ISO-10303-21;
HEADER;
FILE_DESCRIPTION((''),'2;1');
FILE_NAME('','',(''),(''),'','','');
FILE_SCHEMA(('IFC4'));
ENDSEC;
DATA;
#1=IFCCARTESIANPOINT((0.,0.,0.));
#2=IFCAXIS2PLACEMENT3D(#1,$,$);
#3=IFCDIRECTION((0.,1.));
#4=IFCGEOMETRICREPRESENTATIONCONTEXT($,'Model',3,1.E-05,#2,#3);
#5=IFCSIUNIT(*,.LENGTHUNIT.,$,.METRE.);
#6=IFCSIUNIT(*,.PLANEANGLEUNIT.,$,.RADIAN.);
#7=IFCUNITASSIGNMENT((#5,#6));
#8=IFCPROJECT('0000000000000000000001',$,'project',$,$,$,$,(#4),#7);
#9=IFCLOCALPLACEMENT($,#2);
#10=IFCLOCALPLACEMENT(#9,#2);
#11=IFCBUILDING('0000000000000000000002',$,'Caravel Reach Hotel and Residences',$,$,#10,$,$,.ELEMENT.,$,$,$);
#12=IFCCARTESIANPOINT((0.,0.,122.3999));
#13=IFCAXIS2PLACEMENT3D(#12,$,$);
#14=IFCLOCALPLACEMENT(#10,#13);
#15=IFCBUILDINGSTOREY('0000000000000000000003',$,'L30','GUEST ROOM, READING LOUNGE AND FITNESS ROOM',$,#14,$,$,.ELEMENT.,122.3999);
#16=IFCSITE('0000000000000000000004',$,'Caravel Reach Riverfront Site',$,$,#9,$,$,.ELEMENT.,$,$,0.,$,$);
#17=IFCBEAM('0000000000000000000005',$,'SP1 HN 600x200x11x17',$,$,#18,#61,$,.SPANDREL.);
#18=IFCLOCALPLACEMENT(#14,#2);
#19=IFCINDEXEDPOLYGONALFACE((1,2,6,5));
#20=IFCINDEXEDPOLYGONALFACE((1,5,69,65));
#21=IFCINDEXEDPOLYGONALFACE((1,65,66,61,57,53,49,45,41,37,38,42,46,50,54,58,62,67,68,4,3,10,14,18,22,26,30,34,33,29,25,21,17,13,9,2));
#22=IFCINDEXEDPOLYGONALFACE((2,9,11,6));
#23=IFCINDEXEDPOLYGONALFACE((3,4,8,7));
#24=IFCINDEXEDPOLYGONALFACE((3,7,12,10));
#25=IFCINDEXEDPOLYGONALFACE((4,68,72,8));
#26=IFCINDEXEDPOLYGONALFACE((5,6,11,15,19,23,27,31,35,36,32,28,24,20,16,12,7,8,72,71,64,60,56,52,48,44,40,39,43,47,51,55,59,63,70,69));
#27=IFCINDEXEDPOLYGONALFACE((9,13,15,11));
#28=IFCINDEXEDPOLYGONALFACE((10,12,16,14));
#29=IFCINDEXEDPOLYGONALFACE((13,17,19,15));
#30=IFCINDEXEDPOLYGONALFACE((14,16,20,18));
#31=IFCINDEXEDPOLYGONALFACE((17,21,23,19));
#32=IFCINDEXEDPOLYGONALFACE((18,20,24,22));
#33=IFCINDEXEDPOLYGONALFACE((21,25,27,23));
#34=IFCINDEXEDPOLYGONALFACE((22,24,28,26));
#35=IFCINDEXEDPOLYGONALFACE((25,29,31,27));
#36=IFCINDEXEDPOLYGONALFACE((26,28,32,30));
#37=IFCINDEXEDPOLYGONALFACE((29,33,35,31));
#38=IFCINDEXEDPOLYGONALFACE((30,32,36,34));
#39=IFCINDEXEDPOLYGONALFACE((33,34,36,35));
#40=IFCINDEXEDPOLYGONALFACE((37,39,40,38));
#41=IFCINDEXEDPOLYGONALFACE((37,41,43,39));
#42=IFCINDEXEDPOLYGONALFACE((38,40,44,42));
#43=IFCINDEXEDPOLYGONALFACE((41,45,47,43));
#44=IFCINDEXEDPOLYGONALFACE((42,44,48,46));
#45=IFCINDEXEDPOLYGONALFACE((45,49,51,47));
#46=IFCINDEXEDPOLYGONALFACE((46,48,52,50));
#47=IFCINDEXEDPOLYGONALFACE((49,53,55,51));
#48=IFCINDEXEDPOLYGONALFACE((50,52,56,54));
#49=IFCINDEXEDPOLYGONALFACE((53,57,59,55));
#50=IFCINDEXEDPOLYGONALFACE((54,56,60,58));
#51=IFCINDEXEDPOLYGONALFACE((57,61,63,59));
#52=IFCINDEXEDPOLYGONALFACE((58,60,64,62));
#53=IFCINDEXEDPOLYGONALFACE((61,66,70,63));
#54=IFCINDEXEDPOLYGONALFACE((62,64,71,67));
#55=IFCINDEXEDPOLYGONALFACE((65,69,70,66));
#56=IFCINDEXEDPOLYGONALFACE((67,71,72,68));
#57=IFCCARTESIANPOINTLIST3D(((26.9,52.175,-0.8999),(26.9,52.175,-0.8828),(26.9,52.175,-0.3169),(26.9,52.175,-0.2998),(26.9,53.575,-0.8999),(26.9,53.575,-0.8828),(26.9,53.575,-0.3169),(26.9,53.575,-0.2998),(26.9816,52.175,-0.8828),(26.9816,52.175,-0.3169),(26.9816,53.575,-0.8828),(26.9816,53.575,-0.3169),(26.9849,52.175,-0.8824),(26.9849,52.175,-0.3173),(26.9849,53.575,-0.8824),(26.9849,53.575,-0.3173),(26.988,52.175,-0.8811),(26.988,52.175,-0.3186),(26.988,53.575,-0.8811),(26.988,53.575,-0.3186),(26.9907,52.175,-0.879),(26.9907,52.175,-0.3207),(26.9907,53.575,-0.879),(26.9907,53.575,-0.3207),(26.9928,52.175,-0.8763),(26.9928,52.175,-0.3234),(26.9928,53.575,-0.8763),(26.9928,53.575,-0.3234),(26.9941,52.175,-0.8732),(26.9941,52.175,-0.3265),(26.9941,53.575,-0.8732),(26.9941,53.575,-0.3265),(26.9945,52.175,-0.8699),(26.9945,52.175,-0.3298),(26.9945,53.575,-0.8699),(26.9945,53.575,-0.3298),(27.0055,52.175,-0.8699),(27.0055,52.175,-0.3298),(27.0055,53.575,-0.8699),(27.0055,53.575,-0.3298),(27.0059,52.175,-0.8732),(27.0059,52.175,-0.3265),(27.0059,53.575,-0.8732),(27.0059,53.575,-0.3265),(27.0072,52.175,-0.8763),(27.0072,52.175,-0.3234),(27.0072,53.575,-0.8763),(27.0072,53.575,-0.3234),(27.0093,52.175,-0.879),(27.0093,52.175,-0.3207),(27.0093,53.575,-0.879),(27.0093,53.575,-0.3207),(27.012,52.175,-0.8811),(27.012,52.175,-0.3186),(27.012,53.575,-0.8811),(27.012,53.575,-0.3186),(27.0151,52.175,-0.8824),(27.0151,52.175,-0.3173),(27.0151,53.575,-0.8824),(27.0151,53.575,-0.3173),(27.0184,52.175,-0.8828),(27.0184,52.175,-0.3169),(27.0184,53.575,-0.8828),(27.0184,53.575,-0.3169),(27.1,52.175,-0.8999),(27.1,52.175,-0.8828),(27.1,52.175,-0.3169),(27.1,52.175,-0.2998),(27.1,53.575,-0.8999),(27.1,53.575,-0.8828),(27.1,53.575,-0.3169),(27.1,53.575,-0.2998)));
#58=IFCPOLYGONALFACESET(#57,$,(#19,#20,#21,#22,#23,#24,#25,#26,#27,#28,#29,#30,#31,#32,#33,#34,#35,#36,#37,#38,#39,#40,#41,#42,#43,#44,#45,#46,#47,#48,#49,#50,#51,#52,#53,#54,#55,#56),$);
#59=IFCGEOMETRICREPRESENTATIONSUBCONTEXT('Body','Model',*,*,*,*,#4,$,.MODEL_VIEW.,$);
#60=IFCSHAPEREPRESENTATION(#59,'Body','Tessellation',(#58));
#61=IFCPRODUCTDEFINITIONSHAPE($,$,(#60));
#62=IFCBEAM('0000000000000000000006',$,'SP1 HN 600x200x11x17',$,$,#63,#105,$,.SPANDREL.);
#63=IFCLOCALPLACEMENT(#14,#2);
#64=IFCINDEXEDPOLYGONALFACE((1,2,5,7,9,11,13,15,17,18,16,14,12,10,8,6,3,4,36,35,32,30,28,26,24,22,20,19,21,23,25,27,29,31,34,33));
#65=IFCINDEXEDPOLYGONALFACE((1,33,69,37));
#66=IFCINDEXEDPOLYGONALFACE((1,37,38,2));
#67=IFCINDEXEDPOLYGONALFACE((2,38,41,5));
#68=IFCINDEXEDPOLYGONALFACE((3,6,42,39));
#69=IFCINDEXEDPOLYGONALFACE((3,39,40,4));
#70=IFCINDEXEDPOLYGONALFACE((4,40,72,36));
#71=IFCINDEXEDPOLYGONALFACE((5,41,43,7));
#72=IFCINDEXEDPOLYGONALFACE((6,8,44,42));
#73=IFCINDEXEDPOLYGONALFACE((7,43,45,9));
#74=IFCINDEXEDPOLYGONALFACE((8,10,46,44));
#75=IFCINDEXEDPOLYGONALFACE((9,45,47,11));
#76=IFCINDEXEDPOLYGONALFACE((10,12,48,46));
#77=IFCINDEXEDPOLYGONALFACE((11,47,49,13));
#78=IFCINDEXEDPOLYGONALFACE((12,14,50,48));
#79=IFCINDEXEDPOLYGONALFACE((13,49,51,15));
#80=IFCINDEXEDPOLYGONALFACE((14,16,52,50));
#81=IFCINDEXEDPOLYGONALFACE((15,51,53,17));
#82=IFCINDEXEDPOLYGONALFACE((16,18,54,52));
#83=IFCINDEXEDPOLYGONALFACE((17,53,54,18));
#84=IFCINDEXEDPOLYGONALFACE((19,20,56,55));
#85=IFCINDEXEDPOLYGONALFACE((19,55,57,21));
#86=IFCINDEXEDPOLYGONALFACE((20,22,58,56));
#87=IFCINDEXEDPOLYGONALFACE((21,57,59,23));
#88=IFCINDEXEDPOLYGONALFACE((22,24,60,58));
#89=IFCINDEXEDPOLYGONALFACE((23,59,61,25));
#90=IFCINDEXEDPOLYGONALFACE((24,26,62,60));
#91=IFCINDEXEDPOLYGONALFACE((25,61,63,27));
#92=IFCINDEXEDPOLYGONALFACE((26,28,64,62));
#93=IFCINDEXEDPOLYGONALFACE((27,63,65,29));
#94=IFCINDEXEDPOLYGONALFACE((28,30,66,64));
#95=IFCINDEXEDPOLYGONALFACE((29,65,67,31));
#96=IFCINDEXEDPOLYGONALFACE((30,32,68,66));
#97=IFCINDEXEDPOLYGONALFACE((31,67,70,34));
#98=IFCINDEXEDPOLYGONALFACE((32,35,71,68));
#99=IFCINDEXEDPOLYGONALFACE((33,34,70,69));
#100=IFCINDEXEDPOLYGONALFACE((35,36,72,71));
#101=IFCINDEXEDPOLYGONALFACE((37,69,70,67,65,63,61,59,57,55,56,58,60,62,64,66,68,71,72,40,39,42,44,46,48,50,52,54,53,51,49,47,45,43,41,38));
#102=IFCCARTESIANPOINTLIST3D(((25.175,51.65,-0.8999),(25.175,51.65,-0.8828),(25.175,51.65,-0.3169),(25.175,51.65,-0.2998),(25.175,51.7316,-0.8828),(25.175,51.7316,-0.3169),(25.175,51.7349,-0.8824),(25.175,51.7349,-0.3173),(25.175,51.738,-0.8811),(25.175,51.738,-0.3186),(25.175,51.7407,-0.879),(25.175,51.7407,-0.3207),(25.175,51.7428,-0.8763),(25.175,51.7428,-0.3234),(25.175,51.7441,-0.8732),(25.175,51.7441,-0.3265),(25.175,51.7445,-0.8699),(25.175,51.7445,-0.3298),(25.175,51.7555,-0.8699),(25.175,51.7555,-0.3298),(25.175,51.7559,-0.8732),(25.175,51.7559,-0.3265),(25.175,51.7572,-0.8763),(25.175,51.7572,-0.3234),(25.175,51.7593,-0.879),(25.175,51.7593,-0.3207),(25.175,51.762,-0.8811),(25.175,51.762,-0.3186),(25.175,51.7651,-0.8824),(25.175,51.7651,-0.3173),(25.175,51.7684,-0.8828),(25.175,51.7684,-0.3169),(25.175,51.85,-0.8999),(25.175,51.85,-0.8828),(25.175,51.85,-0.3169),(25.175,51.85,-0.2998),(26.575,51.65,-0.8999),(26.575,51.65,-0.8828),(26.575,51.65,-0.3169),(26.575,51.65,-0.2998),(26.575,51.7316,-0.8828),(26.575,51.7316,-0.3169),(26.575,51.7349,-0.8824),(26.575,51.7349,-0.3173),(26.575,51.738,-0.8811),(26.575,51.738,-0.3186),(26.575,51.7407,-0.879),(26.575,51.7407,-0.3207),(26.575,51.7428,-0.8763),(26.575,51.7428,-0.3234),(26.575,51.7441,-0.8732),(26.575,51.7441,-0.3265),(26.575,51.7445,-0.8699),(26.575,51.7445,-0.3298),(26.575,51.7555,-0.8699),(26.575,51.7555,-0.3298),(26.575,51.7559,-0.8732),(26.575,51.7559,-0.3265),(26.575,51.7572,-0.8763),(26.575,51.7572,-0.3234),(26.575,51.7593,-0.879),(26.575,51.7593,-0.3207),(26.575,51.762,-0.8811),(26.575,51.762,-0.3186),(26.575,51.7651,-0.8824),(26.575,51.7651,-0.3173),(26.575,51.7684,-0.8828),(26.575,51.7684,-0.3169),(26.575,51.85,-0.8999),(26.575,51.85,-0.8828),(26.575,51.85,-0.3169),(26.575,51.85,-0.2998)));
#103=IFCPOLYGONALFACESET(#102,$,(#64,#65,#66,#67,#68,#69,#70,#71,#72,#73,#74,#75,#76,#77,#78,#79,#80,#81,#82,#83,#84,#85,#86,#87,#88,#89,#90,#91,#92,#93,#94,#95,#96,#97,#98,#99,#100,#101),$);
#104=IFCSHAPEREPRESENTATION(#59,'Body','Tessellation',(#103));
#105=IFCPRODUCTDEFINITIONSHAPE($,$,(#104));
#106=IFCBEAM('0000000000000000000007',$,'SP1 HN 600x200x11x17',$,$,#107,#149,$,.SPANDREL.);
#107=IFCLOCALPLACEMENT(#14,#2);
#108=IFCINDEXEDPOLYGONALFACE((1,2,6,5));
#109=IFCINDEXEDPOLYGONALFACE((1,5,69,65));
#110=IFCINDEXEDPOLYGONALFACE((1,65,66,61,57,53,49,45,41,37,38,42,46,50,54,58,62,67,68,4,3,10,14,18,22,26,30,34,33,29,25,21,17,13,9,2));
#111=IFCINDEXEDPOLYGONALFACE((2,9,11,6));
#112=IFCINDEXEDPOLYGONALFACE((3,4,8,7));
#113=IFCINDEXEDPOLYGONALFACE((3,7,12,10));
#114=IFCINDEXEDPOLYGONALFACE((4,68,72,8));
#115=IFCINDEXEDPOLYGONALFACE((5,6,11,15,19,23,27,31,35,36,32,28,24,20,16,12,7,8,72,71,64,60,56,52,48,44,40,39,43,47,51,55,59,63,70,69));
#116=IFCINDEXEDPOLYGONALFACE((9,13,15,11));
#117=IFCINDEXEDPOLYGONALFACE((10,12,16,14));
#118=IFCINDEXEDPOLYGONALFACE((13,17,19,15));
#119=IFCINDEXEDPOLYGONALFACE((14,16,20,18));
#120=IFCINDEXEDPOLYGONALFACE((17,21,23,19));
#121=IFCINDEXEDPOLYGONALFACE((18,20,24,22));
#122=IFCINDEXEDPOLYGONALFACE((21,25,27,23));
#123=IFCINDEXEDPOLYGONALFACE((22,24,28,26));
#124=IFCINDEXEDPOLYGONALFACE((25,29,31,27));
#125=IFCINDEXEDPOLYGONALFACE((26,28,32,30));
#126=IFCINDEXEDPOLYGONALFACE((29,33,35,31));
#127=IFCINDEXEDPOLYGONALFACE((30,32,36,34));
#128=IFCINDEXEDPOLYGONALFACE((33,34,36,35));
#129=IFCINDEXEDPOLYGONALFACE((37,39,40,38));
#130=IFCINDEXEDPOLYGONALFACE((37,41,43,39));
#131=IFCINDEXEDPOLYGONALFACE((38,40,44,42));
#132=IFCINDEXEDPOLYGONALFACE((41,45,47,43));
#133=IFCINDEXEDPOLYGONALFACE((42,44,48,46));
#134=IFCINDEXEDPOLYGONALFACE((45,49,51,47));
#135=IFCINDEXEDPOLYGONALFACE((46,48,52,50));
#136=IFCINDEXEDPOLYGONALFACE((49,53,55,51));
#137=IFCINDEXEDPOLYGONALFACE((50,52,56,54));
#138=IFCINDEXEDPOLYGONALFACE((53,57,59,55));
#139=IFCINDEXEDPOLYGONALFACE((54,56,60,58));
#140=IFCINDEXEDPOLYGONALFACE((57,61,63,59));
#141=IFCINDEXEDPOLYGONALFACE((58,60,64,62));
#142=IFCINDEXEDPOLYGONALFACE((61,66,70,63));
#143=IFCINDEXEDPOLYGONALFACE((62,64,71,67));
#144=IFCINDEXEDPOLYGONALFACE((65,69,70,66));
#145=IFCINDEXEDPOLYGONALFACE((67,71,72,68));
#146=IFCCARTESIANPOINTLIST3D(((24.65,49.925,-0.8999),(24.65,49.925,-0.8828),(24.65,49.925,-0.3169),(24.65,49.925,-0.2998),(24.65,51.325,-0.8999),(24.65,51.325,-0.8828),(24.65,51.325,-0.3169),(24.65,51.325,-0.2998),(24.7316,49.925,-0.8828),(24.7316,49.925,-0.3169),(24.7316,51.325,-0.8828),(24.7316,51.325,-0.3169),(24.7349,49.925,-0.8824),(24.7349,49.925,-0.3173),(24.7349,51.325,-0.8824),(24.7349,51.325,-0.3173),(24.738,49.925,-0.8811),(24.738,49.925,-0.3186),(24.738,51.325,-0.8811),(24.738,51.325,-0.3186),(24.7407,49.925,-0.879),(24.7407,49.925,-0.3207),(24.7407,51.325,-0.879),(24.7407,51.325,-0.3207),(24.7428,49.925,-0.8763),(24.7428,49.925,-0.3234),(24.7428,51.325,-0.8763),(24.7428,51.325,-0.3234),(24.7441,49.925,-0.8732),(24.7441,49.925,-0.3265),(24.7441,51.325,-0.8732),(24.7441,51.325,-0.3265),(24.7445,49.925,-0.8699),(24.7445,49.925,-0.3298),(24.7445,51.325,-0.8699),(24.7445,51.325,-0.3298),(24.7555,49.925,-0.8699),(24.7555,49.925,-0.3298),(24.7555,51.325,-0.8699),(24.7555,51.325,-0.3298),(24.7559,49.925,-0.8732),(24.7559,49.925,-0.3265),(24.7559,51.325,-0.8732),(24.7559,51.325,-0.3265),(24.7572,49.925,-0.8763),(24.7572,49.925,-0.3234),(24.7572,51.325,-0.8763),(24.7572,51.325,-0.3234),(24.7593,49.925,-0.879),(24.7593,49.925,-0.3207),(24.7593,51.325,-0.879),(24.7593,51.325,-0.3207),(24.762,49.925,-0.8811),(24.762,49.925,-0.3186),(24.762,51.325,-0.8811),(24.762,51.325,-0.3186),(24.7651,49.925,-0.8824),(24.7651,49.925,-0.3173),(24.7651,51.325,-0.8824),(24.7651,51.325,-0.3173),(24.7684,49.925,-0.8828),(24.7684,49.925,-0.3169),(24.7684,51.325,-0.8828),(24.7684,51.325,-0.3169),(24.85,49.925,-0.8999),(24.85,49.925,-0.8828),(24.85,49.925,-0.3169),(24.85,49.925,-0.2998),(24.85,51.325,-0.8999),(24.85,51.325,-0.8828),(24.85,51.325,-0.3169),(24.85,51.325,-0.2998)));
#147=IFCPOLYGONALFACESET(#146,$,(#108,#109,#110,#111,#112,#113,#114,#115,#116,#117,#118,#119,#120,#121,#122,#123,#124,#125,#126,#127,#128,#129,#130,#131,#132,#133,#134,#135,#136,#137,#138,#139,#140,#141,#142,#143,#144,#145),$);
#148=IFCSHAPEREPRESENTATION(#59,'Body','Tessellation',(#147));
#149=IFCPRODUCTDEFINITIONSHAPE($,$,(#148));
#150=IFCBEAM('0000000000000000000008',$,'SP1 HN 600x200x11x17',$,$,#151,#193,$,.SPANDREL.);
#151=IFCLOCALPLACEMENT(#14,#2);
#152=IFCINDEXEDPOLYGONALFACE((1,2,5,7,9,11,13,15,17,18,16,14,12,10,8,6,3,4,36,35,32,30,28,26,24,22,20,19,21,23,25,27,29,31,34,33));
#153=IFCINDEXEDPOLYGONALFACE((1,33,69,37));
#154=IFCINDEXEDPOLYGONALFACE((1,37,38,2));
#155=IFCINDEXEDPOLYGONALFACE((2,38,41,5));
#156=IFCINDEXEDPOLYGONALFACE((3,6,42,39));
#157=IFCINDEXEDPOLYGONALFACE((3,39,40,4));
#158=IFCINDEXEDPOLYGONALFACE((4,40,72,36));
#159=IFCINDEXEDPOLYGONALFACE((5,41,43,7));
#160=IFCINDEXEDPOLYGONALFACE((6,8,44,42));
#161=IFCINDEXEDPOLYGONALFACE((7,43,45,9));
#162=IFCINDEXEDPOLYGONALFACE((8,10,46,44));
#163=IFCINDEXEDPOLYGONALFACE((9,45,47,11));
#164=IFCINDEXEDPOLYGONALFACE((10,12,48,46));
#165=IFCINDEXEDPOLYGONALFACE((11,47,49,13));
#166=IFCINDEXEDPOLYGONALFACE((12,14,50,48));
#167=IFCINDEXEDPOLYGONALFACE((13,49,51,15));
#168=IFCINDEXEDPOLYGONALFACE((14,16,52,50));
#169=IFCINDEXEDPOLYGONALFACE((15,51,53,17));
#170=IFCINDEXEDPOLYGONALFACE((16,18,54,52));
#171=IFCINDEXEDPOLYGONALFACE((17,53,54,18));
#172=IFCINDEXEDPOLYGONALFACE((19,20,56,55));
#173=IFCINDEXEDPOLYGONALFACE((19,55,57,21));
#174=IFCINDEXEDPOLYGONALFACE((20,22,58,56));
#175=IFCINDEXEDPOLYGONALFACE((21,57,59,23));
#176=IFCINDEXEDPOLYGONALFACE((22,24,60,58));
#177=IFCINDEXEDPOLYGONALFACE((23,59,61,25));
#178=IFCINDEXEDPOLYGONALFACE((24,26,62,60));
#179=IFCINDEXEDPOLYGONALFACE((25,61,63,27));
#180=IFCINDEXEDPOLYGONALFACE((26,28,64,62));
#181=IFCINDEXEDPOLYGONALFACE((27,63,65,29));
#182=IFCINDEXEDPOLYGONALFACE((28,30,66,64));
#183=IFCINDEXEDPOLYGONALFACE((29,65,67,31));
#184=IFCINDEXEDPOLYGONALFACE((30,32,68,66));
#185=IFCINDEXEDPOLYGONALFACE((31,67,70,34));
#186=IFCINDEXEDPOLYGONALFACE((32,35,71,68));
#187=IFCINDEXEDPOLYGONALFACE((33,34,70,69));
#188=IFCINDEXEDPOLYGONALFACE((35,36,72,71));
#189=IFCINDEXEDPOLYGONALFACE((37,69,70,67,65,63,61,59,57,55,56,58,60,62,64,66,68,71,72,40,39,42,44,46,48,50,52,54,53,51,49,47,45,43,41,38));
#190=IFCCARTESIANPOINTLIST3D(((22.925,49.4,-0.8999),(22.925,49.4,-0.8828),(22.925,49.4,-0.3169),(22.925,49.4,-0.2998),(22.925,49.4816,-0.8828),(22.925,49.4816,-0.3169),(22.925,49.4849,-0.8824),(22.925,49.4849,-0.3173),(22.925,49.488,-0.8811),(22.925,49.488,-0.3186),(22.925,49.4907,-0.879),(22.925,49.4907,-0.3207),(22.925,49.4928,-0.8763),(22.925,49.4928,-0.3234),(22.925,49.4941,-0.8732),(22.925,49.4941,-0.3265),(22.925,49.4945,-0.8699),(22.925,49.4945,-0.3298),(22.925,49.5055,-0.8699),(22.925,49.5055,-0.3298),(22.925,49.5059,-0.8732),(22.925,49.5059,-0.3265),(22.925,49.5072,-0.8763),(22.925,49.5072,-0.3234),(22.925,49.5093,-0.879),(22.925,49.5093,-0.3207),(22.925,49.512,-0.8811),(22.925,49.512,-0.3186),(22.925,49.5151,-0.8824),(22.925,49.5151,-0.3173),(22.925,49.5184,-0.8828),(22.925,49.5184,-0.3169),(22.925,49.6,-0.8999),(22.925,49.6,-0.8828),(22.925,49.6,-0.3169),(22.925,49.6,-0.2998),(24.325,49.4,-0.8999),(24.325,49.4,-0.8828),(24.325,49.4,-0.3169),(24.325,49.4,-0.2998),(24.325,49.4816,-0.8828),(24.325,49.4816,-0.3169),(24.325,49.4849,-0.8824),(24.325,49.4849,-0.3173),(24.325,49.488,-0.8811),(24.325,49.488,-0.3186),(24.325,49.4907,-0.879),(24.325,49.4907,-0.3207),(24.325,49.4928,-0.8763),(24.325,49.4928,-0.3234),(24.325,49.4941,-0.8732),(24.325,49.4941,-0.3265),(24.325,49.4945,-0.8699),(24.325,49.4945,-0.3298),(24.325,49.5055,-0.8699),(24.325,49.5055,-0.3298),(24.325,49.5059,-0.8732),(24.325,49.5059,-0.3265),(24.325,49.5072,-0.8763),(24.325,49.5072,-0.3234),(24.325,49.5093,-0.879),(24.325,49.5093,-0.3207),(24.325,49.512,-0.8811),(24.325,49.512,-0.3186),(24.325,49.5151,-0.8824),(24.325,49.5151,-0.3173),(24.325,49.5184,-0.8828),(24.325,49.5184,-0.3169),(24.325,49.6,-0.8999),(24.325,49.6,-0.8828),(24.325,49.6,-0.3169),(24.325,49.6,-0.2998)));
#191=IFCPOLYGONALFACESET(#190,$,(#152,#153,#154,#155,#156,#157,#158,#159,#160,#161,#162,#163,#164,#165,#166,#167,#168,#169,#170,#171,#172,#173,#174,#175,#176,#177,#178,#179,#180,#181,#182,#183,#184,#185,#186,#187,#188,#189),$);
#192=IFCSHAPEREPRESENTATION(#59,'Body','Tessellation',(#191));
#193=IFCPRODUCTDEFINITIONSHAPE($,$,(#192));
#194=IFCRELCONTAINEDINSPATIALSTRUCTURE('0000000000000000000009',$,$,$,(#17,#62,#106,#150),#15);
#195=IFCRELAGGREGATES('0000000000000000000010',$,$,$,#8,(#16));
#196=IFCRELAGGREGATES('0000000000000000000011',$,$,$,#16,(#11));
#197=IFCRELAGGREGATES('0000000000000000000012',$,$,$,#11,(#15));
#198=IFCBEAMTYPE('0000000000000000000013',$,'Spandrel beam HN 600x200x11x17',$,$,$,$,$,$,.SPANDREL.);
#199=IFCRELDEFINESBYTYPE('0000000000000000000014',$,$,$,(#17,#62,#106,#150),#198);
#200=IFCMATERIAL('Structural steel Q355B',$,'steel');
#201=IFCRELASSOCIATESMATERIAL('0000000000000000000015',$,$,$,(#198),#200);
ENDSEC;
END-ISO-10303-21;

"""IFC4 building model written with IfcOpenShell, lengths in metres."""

from ifc_helpers import new_model, si_unit, direction, frame, origin, origin_2d, place, context, subcontext, project, spatial, i_section, extrude, material, material_profile, profile_set, type_object, element, save


model = new_model("IFC4")

# Units and contexts
model_context = context("Model", 3, precision=1e-05, world=origin(), true_north=direction((0.0, 1.0)))
body_context = subcontext(model_context, "Body", "Model", "MODEL_VIEW")
ifc_project = project(units=[si_unit("LENGTHUNIT", "METRE"), si_unit("PLANEANGLEUNIT", "RADIAN")], contexts=[model_context])

# Site, building, storey
site_placement = place(None, origin())
site = spatial("IfcSite", under=ifc_project, at=site_placement, Name="Caravel Reach Riverfront Site", CompositionType="ELEMENT", RefElevation=0.0)
building_placement = place(site_placement, origin())
building = spatial("IfcBuilding", under=site, at=building_placement, Name="Caravel Reach Hotel and Residences", CompositionType="ELEMENT")
storey_placement = place(building_placement, frame((0.0, 0.0, 122.3999)))
storey = spatial("IfcBuildingStorey", under=building, at=storey_placement, Name="L30", Description="GUEST ROOM, READING LOUNGE AND FITNESS ROOM", CompositionType="ELEMENT", Elevation=122.3999)

# Beams
ifc_material_1 = material(Name="Structural steel Q355B", Category="steel")
ifc_material_profile_1 = material_profile(ifc_material_1, i_section(OverallWidth=0.2, OverallDepth=0.6001, WebThickness=0.011, FlangeThickness=0.0171, FilletRadius=0.0129, at=origin_2d()), Name="HN 600x200x11x17")
ifc_profile_set_1 = profile_set([ifc_material_profile_1], Name="Structural steel Q355B")
beam_type_1 = type_object("IfcBeamType", Name="Spandrel beam HN 600x200x11x17", PredefinedType="SPANDREL", material=ifc_profile_set_1)
for number, where, z_axis, x_axis, name in (
    (1, (27.0, 53.575, -0.5999), (0.0, -1.0, 0.0), (1.0, 0.0, 0.0), "SP1 HN 600x200x11x17"),
    (2, (26.575, 51.75, -0.5999), (-1.0, 0.0, 0.0), (0.0, -1.0, 0.0), "SP1 HN 600x200x11x17"),
    (3, (24.75, 51.325, -0.5999), (0.0, -1.0, 0.0), (1.0, 0.0, 0.0), "SP1 HN 600x200x11x17"),
    (4, (24.325, 49.5, -0.5999), (-1.0, 0.0, 0.0), (0.0, -1.0, 0.0), "SP1 HN 600x200x11x17"),
):
    element("IfcBeam", number, at=place(storey_placement, frame(where, z_axis=z_axis, x_axis=x_axis)), inside=storey, type_object=beam_type_1, Name=name, PredefinedType="SPANDREL", context=body_context, shape_type="SweptSolid", body=[
        extrude(i_section(OverallWidth=0.2, OverallDepth=0.6001, WebThickness=0.011, FlangeThickness=0.0171, FilletRadius=0.0129, at=origin_2d()), origin(), (0.0, 0.0, 1.0), 1.3999),
    ])

save(model, "model.ifc")
